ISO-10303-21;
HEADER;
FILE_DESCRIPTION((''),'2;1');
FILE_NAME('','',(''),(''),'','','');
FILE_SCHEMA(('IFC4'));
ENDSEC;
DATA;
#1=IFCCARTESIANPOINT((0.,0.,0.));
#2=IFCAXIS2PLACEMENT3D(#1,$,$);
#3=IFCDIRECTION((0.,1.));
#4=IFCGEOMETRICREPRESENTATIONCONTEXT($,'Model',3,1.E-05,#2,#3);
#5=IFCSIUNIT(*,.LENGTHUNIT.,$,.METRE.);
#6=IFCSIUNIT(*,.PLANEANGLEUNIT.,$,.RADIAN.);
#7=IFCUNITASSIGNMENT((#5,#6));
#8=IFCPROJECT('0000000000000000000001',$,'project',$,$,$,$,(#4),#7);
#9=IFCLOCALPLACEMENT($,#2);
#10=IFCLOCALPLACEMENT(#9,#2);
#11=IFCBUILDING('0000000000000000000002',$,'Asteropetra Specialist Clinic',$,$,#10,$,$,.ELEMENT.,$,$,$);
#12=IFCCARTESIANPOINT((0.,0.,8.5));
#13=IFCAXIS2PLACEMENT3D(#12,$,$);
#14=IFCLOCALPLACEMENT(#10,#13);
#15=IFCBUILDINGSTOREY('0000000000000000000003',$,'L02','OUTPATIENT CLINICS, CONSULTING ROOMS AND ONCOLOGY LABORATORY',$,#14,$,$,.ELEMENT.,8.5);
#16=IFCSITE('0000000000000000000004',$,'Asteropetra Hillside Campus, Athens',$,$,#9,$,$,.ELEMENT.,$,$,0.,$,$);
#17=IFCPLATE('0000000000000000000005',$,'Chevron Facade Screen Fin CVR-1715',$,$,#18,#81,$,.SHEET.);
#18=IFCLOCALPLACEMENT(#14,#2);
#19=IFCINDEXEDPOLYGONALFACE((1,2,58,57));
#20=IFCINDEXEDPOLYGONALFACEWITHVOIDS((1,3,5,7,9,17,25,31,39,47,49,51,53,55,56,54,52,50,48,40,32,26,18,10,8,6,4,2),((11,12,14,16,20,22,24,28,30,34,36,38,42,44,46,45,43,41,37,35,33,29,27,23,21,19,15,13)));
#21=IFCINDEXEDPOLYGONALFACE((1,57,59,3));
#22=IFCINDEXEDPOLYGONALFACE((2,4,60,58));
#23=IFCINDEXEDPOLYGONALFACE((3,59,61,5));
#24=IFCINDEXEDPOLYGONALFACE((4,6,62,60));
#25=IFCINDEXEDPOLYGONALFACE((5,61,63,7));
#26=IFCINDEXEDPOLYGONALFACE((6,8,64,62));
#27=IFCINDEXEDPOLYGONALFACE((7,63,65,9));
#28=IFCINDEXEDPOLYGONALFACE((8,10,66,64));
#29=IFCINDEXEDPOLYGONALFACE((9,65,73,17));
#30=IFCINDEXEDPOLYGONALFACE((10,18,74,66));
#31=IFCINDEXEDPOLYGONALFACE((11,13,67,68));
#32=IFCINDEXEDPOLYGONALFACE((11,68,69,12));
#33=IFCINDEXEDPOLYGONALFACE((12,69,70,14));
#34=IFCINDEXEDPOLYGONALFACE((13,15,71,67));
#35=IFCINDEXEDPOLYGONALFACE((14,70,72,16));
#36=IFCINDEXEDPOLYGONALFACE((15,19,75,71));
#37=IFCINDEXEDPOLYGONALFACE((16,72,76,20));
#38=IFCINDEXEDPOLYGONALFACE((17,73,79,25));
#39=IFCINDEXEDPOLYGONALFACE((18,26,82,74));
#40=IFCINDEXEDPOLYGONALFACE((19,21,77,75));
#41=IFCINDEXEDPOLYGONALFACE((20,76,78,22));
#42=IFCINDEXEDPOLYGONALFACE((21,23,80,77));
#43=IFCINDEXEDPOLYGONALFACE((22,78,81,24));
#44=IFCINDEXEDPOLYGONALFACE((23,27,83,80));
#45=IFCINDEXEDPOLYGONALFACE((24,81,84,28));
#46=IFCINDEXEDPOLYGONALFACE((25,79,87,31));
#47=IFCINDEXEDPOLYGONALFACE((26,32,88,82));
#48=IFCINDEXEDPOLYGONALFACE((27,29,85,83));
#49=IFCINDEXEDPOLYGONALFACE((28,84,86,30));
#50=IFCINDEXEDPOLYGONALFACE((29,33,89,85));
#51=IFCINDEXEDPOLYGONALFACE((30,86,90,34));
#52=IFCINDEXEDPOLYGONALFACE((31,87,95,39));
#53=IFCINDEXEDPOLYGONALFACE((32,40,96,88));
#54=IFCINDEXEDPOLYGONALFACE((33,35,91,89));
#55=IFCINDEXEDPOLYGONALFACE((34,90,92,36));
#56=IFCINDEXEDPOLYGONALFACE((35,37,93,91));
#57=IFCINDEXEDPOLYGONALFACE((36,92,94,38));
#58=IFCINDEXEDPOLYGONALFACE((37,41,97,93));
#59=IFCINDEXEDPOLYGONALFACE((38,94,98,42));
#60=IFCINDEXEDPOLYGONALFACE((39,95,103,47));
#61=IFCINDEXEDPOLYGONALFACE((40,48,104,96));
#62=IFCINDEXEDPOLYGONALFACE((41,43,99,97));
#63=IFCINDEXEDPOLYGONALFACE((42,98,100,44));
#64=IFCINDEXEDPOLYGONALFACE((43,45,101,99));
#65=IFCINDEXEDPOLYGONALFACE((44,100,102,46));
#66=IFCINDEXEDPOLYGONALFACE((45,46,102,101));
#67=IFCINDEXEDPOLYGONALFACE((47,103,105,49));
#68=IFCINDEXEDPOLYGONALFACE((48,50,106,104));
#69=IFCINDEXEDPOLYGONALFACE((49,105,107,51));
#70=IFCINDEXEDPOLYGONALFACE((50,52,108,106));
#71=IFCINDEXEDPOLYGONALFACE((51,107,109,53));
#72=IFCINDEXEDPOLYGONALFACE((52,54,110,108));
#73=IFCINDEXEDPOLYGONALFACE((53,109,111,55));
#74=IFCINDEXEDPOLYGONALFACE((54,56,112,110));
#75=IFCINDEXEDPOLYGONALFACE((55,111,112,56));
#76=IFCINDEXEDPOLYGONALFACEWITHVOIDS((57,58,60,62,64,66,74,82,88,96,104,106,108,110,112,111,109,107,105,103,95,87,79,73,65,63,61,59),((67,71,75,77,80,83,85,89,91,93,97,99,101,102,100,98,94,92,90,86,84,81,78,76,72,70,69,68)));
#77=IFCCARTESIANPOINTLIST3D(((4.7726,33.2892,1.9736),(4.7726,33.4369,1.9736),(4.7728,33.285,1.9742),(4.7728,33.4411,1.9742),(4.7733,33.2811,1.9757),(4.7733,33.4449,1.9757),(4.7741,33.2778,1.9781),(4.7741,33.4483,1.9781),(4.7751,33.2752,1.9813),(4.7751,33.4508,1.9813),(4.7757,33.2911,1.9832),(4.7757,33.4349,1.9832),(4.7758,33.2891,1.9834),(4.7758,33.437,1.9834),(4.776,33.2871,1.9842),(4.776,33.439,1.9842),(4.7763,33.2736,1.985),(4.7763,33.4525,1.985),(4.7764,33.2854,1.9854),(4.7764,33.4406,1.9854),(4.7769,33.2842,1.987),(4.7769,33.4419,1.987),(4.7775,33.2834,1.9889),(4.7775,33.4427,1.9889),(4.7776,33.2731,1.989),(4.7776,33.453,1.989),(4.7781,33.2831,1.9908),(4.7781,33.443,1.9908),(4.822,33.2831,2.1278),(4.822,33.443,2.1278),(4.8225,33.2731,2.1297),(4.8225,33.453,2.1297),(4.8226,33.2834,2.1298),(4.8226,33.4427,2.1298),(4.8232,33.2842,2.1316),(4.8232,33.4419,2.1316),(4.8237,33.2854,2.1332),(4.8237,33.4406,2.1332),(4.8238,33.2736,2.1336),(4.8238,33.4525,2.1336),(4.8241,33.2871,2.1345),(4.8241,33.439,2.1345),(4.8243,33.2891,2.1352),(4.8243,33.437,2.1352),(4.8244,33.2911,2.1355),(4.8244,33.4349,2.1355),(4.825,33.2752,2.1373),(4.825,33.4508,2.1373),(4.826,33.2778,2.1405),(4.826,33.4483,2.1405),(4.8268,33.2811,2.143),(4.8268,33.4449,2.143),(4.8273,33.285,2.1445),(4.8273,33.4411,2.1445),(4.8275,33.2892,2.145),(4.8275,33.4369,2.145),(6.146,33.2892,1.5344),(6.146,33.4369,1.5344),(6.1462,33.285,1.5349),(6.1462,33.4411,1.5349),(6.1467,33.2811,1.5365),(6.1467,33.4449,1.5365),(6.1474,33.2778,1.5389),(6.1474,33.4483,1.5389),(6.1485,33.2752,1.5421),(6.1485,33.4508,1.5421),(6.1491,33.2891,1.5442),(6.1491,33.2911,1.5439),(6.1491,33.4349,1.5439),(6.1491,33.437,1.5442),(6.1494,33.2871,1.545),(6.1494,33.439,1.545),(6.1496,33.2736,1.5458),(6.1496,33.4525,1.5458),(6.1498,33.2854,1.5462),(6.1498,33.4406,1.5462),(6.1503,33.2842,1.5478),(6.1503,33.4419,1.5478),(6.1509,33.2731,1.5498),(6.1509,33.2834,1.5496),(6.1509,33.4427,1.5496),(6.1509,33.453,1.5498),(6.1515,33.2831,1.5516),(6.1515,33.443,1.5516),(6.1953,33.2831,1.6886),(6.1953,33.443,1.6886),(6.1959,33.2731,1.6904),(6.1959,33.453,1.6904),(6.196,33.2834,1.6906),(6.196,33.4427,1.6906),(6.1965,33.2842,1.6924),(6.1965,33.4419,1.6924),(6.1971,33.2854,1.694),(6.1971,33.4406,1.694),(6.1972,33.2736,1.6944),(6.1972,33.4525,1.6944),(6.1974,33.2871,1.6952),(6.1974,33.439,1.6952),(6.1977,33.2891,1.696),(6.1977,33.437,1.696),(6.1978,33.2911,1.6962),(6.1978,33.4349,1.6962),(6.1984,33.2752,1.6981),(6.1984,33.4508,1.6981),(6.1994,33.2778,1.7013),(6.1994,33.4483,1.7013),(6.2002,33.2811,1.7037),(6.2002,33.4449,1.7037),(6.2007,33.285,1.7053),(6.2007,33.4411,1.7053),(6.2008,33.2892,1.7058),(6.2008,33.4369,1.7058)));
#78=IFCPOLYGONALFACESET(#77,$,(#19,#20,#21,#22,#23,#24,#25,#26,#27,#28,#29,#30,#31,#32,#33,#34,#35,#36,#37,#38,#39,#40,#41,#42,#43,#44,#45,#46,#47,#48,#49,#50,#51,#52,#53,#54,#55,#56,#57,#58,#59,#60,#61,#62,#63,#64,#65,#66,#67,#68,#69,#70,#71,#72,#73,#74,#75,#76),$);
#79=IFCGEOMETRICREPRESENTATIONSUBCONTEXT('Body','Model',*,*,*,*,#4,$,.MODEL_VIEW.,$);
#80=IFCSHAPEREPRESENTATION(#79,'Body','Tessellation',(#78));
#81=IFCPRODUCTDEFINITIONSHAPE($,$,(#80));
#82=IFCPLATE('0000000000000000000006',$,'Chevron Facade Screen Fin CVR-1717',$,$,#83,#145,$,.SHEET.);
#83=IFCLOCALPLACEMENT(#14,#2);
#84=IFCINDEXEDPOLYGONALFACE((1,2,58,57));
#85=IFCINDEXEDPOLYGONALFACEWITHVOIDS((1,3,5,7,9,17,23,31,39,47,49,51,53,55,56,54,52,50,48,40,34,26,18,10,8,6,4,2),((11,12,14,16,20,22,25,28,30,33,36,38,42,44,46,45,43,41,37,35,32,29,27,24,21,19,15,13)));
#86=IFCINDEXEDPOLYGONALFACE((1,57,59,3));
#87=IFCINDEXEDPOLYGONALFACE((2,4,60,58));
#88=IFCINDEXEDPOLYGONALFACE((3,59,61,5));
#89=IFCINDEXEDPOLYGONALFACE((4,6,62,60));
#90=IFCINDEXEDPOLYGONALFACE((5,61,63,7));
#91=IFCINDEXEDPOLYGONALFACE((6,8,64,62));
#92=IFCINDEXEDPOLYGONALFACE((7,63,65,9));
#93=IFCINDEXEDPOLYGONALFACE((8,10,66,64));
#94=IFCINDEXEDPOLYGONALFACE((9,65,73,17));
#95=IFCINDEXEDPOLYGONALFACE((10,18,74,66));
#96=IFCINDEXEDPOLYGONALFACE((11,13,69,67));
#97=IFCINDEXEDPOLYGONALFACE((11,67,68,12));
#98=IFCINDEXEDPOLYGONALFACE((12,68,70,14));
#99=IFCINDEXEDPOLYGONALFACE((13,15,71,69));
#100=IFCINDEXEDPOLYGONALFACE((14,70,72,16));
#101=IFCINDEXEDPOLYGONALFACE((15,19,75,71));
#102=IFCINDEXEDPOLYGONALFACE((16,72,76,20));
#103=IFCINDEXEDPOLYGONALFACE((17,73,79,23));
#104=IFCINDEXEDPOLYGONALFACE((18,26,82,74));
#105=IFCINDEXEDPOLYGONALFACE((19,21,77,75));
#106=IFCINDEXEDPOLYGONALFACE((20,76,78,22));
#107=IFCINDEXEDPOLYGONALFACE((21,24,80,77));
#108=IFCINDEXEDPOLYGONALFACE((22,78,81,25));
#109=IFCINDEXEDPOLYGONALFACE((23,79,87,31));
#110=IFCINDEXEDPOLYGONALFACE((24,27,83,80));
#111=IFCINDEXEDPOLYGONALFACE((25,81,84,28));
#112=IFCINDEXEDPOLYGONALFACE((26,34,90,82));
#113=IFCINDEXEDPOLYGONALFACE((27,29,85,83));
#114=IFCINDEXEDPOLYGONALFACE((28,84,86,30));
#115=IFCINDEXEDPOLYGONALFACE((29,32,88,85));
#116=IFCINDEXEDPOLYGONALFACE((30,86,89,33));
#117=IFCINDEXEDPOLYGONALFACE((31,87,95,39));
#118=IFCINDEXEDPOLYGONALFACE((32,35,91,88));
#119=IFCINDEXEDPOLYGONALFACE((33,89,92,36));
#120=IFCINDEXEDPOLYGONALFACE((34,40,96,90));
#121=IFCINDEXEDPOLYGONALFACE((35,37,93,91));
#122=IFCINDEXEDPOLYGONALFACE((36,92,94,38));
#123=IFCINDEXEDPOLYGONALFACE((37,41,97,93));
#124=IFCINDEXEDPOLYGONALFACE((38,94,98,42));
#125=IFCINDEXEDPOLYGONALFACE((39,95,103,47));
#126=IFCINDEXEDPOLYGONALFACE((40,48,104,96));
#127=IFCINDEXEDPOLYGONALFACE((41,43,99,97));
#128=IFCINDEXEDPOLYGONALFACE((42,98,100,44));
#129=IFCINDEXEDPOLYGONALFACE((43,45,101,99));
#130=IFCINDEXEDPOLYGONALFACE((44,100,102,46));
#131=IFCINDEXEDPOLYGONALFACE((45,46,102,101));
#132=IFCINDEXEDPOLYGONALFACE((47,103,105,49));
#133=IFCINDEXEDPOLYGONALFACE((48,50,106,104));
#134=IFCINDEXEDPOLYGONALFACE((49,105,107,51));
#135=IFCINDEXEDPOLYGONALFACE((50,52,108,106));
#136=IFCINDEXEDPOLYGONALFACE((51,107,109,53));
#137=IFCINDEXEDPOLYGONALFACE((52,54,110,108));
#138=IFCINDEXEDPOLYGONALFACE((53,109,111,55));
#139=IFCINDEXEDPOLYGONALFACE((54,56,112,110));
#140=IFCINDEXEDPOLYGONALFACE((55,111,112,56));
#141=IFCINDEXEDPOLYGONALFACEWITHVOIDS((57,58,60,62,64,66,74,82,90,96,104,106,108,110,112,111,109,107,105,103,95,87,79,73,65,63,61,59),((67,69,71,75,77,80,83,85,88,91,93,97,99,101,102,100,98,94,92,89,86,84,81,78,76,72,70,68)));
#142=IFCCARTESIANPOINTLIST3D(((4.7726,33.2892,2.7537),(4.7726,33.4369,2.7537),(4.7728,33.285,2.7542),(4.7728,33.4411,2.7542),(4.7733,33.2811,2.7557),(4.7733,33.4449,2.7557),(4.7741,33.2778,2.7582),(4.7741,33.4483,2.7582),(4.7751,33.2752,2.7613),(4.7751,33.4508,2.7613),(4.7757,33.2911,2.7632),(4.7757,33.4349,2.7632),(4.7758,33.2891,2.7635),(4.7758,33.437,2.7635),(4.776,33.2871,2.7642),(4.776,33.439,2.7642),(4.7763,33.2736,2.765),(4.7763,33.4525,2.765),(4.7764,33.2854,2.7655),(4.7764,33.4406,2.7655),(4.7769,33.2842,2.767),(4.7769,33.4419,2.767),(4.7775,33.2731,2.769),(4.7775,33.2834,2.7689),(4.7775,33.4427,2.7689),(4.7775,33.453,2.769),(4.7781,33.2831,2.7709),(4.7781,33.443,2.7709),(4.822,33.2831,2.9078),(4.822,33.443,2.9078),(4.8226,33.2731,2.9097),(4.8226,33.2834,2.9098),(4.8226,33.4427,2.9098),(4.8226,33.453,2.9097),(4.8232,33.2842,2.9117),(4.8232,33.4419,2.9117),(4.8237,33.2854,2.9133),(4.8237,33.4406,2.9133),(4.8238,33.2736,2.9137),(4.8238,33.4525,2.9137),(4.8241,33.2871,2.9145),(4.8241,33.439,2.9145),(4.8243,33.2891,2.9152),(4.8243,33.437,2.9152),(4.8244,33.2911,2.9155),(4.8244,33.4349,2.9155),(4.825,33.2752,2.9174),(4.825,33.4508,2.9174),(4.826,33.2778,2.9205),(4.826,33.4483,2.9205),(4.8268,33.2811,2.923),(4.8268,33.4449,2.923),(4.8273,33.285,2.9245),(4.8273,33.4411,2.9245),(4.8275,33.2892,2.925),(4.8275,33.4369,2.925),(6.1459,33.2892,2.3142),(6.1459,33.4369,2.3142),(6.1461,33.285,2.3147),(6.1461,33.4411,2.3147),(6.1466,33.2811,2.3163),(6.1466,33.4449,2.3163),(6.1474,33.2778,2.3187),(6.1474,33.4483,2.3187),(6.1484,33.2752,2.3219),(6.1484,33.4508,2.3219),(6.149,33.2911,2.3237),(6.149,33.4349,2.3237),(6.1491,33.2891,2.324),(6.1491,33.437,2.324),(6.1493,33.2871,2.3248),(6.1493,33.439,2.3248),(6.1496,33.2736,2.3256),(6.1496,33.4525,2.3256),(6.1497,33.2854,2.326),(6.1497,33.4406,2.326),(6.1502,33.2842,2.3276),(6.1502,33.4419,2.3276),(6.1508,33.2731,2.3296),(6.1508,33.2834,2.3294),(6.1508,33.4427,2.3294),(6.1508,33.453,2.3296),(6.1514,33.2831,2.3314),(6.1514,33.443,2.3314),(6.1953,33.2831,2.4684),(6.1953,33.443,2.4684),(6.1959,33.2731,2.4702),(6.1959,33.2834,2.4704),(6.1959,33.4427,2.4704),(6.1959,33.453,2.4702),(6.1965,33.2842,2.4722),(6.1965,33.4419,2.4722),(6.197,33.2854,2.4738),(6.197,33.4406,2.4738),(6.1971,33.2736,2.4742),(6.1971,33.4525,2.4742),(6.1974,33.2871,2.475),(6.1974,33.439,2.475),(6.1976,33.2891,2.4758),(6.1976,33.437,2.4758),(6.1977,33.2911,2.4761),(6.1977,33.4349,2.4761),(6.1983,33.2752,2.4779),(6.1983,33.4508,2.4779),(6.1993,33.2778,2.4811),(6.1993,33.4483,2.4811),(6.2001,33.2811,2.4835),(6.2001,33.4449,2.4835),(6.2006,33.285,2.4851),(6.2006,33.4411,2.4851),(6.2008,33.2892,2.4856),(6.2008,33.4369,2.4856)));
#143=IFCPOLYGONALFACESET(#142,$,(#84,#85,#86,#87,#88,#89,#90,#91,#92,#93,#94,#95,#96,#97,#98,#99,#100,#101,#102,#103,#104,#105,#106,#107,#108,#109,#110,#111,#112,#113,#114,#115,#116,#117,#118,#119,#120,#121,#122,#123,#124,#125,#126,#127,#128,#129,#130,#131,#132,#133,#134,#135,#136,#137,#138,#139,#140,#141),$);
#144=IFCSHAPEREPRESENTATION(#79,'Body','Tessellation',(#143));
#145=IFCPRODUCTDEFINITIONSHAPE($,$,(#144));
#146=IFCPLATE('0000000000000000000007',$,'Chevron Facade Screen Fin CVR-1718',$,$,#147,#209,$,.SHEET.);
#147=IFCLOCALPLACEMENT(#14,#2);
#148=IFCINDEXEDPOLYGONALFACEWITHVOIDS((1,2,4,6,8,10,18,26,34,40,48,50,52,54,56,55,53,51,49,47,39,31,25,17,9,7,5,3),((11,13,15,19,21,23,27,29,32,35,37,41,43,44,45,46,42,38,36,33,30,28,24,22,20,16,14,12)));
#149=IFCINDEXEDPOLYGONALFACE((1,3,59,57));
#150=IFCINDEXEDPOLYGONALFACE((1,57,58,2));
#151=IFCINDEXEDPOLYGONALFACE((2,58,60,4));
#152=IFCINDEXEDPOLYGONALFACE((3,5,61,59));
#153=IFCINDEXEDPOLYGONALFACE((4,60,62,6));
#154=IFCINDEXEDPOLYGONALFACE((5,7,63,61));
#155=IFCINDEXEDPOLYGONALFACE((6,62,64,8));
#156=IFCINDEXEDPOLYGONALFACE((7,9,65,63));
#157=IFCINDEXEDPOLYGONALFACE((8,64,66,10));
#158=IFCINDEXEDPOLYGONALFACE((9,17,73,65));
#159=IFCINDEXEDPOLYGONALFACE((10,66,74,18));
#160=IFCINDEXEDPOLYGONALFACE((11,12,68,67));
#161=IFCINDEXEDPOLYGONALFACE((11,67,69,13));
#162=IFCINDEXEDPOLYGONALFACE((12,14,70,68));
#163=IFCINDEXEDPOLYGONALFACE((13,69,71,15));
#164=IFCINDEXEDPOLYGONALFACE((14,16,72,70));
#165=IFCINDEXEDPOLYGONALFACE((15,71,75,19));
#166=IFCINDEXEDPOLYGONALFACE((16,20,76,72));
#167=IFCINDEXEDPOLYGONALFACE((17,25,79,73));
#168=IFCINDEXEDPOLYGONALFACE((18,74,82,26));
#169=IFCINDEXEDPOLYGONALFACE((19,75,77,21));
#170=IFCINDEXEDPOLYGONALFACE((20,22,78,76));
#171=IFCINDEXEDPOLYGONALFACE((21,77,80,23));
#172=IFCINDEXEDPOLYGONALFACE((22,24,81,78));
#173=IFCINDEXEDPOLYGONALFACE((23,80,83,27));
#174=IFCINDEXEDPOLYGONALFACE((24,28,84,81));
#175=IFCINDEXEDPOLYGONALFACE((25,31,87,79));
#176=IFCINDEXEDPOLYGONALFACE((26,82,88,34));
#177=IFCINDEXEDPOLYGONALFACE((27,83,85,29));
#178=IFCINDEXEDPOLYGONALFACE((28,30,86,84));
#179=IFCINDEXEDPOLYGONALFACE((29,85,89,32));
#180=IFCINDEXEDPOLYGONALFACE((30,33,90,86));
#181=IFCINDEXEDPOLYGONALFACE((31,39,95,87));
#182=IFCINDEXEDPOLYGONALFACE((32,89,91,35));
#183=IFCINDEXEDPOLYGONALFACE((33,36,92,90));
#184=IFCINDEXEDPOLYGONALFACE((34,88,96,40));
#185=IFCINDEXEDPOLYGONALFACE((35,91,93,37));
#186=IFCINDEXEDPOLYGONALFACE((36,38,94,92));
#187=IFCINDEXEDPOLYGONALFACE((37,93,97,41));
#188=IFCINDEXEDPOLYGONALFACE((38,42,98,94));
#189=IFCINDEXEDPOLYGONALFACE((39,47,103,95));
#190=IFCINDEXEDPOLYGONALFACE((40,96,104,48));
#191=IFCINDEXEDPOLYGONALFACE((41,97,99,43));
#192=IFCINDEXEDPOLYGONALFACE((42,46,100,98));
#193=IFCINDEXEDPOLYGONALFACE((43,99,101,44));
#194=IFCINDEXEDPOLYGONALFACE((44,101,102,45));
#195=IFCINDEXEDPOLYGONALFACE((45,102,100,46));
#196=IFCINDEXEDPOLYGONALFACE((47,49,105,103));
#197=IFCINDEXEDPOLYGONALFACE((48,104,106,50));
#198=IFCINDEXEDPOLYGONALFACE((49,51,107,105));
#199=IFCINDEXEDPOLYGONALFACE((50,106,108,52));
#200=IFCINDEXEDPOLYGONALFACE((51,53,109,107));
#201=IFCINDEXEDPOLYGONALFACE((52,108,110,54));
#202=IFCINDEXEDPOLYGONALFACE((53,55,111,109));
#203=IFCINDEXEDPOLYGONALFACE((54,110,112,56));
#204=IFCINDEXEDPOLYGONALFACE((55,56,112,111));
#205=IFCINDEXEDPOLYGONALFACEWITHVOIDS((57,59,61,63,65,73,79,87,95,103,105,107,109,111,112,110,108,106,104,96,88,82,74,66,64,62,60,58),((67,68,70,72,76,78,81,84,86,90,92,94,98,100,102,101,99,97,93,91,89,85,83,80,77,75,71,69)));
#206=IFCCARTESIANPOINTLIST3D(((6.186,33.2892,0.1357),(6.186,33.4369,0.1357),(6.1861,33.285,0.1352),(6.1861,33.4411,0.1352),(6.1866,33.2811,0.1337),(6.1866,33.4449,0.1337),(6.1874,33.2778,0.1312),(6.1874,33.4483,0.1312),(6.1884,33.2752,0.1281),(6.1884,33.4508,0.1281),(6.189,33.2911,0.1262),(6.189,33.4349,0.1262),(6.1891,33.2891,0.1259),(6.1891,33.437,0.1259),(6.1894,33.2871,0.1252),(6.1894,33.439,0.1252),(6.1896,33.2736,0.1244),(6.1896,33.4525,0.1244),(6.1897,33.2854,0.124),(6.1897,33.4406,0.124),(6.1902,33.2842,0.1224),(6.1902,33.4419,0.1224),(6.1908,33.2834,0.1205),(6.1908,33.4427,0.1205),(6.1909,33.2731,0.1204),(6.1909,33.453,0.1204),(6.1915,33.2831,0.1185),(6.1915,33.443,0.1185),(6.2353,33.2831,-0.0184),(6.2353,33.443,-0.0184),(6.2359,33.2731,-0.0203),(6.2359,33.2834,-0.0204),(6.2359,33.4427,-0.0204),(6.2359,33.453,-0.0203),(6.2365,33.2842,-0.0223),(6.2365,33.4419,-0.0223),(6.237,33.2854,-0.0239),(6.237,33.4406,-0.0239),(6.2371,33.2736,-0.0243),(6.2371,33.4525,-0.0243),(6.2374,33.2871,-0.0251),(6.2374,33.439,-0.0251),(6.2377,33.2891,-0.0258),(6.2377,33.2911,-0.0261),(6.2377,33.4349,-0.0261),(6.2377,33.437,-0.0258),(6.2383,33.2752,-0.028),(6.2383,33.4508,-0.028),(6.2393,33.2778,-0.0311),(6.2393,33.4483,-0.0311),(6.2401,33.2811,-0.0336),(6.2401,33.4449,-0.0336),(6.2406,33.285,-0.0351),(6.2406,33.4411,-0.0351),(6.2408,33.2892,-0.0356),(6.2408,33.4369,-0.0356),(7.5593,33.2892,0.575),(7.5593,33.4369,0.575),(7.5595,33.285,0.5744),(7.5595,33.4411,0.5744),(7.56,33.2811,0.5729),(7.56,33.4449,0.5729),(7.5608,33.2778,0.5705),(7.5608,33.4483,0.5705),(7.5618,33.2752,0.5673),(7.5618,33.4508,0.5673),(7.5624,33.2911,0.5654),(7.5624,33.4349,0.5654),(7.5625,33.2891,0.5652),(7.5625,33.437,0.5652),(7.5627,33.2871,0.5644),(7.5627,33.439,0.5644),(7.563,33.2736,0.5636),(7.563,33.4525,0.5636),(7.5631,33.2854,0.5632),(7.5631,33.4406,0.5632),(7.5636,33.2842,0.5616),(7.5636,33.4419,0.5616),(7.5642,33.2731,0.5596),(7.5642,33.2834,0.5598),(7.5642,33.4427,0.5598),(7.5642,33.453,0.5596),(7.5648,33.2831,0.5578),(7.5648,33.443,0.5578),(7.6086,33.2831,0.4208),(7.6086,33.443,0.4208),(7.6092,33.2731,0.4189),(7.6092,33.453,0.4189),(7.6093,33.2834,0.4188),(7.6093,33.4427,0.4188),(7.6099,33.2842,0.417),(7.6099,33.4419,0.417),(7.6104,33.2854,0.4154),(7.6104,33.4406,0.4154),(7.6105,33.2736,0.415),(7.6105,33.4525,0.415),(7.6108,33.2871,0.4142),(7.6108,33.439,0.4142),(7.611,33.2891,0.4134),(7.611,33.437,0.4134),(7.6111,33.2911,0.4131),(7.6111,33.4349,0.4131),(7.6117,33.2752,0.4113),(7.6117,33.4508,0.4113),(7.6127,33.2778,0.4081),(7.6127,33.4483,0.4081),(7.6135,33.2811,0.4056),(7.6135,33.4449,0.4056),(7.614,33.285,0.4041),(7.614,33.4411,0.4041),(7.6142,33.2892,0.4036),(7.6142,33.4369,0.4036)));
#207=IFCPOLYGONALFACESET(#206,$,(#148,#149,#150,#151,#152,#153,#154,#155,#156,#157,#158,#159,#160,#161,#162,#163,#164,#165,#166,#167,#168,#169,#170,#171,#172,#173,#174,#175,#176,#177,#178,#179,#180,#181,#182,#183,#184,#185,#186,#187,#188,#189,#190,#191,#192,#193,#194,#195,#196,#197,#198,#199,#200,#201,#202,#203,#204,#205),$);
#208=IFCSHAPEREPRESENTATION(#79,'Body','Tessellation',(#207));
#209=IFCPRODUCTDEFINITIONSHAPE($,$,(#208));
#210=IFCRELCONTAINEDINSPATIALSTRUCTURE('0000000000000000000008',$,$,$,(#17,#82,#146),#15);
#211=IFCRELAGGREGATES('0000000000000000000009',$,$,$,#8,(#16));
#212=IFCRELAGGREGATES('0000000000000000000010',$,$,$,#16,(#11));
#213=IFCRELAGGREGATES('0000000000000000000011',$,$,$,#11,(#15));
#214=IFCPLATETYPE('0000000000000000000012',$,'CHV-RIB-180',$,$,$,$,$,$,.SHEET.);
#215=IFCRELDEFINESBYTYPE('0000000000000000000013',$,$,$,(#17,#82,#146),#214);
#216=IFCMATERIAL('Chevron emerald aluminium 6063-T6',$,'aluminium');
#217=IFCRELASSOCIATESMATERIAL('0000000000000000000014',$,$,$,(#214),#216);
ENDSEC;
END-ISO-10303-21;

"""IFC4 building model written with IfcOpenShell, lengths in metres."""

from ifc_helpers import new_model, si_unit, direction, frame, origin, origin_2d, place, context, subcontext, project, spatial, hollow_rectangle, extrude, material, material_profile, profile_set, type_object, element, save


model = new_model("IFC4")

# Units and contexts
model_context = context("Model", 3, precision=1e-05, world=origin(), true_north=direction((0.0, 1.0)))
body_context = subcontext(model_context, "Body", "Model", "MODEL_VIEW")
ifc_project = project(units=[si_unit("LENGTHUNIT", "METRE"), si_unit("PLANEANGLEUNIT", "RADIAN")], contexts=[model_context])

# Site, building, storey
site_placement = place(None, origin())
site = spatial("IfcSite", under=ifc_project, at=site_placement, Name="Asteropetra Hillside Campus, Athens", CompositionType="ELEMENT", RefElevation=0.0)
building_placement = place(site_placement, origin())
building = spatial("IfcBuilding", under=site, at=building_placement, Name="Asteropetra Specialist Clinic", CompositionType="ELEMENT")
storey_placement = place(building_placement, frame((0.0, 0.0, 8.5)))
storey = spatial("IfcBuildingStorey", under=building, at=storey_placement, Name="L02", Description="OUTPATIENT CLINICS, CONSULTING ROOMS AND ONCOLOGY LABORATORY", CompositionType="ELEMENT", Elevation=8.5)

# Plates
ifc_material_1 = material(Name="Chevron emerald aluminium 6063-T6", Category="aluminium")
ifc_material_profile_1 = material_profile(ifc_material_1, hollow_rectangle(XDim=0.1799, YDim=0.1799, WallThickness=0.01, InnerFilletRadius=0.0081, OuterFilletRadius=0.0161, at=origin_2d()), Name="SHS 180x180x10.0")
ifc_profile_set_1 = profile_set([ifc_material_profile_1], Name="Chevron emerald aluminium 6063-T6")
plate_type_1 = type_object("IfcPlateType", Name="CHV-RIB-180", PredefinedType="SHEET", material=ifc_profile_set_1)
for number, where, z_axis, x_axis, name in (
    (1, (4.8, 33.363, 2.0593), (0.952473, 0.0, -0.304622), (0.0, 1.0, 0.0), "Chevron Facade Screen Fin CVR-1715"),
    (2, (4.8, 33.363, 2.8394), (0.952424, 0.0, -0.304776), (0.0, 1.0, 0.0), "Chevron Facade Screen Fin CVR-1717"),
    (3, (6.2134, 33.363, 0.05), (0.952473, 0.0, 0.304622), (0.0, 1.0, 0.0), "Chevron Facade Screen Fin CVR-1718"),
):
    element("IfcPlate", number, at=place(storey_placement, frame(where, z_axis=z_axis, x_axis=x_axis)), inside=storey, type_object=plate_type_1, Name=name, PredefinedType="SHEET", context=body_context, shape_type="SweptSolid", body=[
        extrude(hollow_rectangle(XDim=0.1799, YDim=0.1799, WallThickness=0.01, InnerFilletRadius=0.0081, OuterFilletRadius=0.0161, at=origin_2d()), origin(), (0.0, 0.0, 1.0), 1.4419),
    ])

save(model, "model.ifc")
